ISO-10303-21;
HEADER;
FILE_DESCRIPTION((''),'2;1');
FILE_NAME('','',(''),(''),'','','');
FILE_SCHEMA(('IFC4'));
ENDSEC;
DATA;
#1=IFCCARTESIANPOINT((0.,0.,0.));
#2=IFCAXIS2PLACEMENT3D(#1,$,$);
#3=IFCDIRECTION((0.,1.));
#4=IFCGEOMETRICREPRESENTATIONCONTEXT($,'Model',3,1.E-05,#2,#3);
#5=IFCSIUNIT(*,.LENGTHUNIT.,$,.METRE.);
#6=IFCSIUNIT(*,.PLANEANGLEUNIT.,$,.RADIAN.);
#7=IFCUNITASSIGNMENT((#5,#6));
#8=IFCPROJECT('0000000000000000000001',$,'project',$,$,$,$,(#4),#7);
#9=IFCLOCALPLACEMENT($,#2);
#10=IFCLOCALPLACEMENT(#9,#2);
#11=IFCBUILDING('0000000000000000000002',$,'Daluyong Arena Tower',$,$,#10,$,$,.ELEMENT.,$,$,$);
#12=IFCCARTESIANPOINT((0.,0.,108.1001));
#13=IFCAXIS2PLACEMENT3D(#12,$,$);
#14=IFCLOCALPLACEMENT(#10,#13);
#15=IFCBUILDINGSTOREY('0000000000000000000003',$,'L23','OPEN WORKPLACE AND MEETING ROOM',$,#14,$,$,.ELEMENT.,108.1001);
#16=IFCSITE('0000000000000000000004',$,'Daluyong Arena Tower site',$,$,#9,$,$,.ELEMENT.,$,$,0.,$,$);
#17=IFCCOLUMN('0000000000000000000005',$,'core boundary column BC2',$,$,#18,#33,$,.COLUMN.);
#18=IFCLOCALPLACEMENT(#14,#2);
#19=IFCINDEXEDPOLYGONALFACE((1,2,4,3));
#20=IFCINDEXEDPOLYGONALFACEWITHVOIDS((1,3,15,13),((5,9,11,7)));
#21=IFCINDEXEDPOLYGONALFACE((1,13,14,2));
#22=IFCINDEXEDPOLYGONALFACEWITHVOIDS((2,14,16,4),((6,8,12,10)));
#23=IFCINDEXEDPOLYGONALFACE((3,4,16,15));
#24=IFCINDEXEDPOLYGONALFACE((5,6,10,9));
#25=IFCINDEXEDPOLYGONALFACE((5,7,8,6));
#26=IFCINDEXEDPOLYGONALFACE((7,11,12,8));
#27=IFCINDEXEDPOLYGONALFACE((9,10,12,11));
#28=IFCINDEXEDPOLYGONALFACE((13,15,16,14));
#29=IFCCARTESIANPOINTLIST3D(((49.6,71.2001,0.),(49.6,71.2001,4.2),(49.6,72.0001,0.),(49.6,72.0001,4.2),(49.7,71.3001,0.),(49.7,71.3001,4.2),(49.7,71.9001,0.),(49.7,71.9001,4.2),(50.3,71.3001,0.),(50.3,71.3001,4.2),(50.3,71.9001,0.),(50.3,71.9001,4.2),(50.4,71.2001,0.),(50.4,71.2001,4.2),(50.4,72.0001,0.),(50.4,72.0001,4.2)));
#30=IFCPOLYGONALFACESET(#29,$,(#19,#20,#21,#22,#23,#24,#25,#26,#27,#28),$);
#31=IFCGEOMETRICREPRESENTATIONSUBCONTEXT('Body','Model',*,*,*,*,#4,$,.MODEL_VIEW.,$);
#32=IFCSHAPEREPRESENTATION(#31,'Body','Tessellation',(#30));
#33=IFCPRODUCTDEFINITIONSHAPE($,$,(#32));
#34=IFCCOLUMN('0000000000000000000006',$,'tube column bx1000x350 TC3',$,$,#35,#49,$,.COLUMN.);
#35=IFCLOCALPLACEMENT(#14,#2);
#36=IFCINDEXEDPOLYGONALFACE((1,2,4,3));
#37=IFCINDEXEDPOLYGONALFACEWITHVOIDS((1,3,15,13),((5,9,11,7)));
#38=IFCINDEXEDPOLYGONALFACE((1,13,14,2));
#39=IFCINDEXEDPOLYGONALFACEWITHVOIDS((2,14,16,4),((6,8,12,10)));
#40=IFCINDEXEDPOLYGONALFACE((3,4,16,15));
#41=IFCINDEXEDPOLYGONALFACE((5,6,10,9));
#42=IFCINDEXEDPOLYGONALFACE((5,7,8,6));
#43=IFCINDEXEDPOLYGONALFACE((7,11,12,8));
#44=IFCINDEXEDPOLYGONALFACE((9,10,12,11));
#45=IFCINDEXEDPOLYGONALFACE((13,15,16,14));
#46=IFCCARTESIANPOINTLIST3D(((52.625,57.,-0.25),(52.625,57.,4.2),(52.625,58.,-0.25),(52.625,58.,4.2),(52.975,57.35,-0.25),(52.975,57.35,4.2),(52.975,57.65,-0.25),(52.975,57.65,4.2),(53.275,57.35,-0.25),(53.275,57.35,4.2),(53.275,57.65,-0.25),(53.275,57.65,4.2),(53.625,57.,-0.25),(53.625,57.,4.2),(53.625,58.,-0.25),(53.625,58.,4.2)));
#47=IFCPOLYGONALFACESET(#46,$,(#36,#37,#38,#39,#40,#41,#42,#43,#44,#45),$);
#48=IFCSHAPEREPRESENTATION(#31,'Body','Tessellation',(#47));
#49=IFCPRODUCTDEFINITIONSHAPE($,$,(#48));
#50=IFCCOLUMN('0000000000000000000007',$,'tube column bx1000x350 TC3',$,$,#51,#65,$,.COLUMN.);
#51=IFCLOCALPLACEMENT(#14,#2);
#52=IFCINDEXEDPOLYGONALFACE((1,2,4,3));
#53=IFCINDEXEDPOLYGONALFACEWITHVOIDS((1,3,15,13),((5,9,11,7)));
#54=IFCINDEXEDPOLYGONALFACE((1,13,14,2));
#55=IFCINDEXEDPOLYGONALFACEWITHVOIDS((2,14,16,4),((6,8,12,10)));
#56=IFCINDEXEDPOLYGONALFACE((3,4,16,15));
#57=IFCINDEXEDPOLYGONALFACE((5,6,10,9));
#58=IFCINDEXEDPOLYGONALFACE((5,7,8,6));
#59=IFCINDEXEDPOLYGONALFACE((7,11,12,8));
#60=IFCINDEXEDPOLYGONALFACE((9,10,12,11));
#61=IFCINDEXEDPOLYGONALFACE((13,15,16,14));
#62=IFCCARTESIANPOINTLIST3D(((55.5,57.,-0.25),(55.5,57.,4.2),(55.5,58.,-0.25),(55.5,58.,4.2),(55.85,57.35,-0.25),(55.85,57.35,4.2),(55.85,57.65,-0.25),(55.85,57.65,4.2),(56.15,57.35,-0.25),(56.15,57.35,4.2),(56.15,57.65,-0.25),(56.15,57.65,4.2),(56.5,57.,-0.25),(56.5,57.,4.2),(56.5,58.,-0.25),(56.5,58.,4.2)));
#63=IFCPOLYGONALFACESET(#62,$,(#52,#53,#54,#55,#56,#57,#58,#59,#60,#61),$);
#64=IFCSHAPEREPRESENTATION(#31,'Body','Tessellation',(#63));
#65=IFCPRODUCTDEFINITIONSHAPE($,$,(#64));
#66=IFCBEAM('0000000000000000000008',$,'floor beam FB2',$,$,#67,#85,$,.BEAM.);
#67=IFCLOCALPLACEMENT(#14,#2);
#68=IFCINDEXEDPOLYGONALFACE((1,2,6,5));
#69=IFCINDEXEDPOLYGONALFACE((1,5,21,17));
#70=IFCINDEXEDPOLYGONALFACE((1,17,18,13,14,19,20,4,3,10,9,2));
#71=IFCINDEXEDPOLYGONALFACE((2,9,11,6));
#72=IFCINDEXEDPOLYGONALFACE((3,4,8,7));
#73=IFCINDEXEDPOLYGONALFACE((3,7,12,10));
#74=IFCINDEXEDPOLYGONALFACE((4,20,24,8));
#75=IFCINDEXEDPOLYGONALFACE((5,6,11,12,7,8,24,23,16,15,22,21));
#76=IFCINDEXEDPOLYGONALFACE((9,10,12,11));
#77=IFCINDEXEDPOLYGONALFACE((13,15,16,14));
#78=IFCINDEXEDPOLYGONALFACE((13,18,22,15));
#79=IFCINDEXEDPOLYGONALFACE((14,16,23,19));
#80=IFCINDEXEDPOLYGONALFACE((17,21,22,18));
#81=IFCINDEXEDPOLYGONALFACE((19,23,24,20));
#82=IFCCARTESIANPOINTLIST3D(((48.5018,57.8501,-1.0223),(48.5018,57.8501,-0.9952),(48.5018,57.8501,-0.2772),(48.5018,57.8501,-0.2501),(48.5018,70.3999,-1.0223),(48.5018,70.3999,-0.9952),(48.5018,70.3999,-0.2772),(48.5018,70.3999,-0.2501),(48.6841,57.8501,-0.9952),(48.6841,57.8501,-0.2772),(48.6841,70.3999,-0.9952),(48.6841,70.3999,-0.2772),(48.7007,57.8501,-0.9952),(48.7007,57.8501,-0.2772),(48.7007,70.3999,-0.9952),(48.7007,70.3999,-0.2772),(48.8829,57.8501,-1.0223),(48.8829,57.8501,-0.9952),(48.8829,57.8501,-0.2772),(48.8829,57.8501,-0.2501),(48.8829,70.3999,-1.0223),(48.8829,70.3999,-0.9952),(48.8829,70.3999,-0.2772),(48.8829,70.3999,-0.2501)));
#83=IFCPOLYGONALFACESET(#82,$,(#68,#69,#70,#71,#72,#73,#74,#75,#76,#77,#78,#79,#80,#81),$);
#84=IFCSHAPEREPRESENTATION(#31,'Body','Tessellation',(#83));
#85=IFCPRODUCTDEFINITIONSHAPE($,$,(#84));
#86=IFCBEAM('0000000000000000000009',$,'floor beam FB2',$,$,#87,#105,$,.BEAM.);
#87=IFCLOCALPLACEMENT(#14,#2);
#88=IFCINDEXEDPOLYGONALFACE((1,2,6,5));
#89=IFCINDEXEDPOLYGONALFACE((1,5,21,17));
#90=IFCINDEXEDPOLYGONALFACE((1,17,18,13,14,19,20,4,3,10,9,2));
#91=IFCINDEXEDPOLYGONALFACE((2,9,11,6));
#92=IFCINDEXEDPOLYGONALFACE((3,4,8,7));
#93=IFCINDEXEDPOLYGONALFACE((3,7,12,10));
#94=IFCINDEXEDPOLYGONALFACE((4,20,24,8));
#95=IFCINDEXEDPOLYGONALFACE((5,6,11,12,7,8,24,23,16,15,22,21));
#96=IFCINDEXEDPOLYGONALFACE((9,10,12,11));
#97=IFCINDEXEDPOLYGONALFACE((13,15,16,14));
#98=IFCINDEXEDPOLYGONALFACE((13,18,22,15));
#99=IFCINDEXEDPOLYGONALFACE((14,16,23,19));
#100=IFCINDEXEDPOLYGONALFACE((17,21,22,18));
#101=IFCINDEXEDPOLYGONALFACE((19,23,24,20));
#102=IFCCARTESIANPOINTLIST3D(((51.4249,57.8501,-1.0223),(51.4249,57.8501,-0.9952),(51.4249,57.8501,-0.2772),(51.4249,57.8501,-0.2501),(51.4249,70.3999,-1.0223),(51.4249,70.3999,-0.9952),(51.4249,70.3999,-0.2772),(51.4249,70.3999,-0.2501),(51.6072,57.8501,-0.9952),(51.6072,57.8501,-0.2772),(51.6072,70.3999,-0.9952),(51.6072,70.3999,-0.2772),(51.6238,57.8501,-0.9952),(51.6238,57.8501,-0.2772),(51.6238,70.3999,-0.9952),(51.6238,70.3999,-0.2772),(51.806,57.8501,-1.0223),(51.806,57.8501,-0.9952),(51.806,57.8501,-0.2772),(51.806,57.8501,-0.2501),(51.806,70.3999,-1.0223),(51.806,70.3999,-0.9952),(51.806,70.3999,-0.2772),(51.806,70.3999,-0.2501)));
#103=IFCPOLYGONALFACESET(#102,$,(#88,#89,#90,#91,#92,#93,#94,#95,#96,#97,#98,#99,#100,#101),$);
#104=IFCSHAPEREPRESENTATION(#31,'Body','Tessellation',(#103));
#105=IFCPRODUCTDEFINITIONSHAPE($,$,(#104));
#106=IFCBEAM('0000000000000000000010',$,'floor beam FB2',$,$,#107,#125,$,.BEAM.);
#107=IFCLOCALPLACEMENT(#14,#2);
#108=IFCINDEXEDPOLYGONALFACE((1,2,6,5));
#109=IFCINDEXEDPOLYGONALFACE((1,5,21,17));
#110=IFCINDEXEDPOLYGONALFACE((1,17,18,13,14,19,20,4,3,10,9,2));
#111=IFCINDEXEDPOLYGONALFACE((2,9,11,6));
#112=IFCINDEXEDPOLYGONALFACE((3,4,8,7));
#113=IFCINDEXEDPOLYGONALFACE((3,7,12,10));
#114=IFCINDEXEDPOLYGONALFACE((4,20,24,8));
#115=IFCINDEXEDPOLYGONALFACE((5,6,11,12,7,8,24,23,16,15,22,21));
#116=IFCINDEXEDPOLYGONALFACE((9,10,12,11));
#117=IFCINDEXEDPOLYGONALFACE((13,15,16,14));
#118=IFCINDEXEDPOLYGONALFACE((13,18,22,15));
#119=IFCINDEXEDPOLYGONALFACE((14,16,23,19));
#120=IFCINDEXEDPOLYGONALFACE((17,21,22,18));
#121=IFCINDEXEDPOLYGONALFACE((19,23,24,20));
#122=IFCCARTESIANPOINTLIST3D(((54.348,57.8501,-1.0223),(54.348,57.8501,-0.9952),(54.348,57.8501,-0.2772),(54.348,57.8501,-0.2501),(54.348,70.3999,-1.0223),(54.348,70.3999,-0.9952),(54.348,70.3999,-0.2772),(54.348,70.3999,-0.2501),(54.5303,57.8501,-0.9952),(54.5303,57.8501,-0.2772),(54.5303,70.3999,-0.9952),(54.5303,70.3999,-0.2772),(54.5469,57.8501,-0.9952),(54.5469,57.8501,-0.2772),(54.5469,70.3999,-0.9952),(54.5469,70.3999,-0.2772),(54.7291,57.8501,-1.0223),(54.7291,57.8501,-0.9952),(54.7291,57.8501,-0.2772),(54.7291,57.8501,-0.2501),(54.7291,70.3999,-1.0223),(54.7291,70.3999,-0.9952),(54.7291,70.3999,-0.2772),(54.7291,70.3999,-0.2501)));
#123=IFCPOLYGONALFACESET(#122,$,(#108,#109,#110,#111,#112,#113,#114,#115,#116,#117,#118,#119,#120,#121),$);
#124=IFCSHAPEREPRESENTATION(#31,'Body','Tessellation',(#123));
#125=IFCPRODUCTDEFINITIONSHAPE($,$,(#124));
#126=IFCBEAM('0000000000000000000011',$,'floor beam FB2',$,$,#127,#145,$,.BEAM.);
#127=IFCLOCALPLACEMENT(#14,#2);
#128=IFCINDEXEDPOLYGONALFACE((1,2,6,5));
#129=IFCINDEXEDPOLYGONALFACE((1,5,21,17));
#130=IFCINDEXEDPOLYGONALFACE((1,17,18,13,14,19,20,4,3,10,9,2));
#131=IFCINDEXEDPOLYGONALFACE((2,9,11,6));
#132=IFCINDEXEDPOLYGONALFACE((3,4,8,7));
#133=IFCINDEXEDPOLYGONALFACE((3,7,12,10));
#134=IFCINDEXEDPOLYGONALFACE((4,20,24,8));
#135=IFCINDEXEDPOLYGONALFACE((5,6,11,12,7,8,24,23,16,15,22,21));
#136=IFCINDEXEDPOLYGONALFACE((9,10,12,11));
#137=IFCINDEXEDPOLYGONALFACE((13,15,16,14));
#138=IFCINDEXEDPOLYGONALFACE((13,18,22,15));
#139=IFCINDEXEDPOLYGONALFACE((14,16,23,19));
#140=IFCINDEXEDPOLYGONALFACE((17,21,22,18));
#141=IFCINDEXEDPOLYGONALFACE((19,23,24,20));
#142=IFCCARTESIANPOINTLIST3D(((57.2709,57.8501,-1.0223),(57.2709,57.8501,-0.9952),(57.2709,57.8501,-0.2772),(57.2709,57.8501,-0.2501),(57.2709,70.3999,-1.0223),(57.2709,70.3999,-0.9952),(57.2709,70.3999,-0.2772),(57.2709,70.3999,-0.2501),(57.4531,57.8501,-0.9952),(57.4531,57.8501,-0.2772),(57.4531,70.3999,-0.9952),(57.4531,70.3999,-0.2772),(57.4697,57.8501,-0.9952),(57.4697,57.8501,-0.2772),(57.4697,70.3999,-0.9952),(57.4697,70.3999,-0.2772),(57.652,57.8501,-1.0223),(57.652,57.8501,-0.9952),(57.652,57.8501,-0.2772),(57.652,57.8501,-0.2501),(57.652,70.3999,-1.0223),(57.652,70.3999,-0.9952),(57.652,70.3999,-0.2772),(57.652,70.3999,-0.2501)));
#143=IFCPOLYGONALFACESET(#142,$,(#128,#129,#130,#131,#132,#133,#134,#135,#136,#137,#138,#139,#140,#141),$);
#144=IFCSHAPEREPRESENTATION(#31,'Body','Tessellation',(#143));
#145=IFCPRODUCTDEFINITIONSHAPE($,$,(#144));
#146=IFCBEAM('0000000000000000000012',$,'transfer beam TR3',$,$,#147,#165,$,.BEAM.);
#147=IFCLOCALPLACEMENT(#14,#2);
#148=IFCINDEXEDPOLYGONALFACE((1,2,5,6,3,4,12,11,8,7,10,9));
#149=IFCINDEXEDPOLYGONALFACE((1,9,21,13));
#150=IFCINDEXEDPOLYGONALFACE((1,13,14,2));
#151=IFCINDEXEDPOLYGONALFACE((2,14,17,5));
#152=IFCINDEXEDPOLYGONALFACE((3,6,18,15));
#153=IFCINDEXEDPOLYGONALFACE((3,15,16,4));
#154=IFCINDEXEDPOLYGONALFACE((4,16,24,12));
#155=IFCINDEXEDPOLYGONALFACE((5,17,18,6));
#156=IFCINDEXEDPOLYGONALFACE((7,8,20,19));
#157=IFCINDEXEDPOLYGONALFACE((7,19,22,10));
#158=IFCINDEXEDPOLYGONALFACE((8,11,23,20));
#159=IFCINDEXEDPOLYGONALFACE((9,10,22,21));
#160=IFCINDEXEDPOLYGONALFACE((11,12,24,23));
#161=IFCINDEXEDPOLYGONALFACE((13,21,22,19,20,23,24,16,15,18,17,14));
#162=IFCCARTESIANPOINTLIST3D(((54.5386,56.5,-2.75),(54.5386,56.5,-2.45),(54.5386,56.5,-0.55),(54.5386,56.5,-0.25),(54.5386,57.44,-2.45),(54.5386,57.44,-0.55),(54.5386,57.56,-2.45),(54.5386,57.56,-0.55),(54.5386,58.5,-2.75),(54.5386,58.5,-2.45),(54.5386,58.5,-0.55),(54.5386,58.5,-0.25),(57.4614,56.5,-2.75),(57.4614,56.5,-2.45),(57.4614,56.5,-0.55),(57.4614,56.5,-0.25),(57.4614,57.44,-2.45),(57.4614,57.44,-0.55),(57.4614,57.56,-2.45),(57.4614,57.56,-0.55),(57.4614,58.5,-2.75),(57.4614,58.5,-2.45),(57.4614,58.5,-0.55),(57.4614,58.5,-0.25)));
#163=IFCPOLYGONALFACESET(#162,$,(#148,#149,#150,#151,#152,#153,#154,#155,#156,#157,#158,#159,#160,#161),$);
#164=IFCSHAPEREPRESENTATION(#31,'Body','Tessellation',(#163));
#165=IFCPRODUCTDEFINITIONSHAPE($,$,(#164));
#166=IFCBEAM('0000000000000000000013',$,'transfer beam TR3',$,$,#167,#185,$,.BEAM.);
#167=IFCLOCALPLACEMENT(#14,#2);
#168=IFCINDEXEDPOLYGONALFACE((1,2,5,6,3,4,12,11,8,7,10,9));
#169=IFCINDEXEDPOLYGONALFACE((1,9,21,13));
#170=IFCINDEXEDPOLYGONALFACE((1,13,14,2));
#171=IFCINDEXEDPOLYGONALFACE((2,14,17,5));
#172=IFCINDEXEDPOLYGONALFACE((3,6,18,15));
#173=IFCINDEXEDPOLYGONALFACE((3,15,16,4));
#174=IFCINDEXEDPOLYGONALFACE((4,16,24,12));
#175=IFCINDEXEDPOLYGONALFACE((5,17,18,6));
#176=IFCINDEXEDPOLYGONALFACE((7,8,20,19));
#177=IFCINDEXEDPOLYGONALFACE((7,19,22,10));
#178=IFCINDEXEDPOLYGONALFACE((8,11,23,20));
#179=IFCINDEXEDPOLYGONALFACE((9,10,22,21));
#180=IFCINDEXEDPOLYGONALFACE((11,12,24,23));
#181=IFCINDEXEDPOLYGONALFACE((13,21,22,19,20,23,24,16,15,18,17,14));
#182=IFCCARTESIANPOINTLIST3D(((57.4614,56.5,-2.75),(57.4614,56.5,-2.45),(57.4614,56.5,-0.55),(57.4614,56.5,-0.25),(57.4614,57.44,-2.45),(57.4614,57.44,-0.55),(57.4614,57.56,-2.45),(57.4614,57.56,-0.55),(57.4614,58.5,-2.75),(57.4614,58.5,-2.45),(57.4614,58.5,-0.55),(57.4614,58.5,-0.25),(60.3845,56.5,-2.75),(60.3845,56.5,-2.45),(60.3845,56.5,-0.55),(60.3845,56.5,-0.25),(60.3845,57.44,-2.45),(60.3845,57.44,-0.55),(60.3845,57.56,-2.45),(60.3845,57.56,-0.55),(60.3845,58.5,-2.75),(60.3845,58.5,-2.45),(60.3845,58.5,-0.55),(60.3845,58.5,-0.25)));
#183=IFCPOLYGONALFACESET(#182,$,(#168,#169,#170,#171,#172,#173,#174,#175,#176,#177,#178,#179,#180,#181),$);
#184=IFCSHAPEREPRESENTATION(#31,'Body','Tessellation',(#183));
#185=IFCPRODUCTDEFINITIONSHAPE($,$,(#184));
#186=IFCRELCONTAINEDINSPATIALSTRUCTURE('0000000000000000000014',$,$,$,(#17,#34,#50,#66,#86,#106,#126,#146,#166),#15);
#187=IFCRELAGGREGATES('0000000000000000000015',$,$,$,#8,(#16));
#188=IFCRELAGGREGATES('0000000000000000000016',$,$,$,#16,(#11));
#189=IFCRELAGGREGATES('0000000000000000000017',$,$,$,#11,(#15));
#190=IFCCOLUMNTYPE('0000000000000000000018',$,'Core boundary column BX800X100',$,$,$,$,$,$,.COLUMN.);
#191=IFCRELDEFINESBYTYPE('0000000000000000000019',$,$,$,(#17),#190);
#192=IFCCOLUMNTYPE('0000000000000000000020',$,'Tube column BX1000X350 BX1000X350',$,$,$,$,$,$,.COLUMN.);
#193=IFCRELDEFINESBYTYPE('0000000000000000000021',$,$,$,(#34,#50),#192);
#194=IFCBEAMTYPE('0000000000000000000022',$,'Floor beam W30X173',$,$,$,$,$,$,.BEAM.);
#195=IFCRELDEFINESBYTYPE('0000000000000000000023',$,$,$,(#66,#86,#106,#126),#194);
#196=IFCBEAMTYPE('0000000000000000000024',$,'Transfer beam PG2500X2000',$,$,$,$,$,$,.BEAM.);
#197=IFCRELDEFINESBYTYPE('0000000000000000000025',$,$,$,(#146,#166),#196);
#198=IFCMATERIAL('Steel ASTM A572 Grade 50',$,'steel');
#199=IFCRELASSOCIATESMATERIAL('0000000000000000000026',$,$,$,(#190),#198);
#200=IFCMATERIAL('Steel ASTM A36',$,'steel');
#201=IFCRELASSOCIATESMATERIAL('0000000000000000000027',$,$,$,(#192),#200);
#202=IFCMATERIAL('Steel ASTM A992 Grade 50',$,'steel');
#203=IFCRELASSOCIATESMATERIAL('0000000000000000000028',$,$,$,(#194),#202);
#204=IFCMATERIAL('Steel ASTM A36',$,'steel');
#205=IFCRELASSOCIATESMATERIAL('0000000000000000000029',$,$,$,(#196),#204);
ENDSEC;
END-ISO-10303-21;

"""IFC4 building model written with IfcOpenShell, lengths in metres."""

from ifc_helpers import new_model, si_unit, direction, frame, origin, origin_2d, place, context, subcontext, project, spatial, hollow_rectangle, i_section, extrude, material, material_profile, profile_set, type_object, element, save


model = new_model("IFC4")

# Units and contexts
model_context = context("Model", 3, precision=1e-05, world=origin(), true_north=direction((0.0, 1.0)))
body_context = subcontext(model_context, "Body", "Model", "MODEL_VIEW")
ifc_project = project(units=[si_unit("LENGTHUNIT", "METRE"), si_unit("PLANEANGLEUNIT", "RADIAN")], contexts=[model_context])

# Site, building, storey
site_placement = place(None, origin())
site = spatial("IfcSite", under=ifc_project, at=site_placement, Name="Daluyong Arena Tower site", CompositionType="ELEMENT", RefElevation=0.0)
building_placement = place(site_placement, origin())
building = spatial("IfcBuilding", under=site, at=building_placement, Name="Daluyong Arena Tower", CompositionType="ELEMENT")
storey_placement = place(building_placement, frame((0.0, 0.0, 108.1001)))
storey = spatial("IfcBuildingStorey", under=building, at=storey_placement, Name="L23", Description="OPEN WORKPLACE AND MEETING ROOM", CompositionType="ELEMENT", Elevation=108.1001)

# Columns
ifc_material_1 = material(Name="Steel ASTM A572 Grade 50", Category="steel")
ifc_material_profile_1 = material_profile(ifc_material_1, hollow_rectangle(XDim=0.8, YDim=0.8, WallThickness=0.1, at=origin_2d()))
ifc_profile_set_1 = profile_set([ifc_material_profile_1], Name="Steel ASTM A572 Grade 50")
column_type_1 = type_object("IfcColumnType", Name="Core boundary column BX800X100", PredefinedType="COLUMN", material=ifc_profile_set_1)
column_placement = place(storey_placement, frame((50.0, 71.6001, 0.0), z_axis=(0.0, 0.0, 1.0), x_axis=(1.0, 0.0, 0.0)))
element("IfcColumn", 1, at=column_placement, inside=storey, type_object=column_type_1, Name="core boundary column BC2", PredefinedType="COLUMN", context=body_context, shape_type="SweptSolid", body=[
    extrude(hollow_rectangle(XDim=0.8, YDim=0.8, WallThickness=0.1, at=origin_2d()), origin(), (0.0, 0.0, 1.0), 4.2),
])
ifc_material_2 = material(Name="Steel ASTM A36", Category="steel")
ifc_material_profile_2 = material_profile(ifc_material_2, hollow_rectangle(XDim=1.0, YDim=1.0, WallThickness=0.35, at=origin_2d()))
ifc_profile_set_2 = profile_set([ifc_material_profile_2], Name="Steel ASTM A36")
column_type_2 = type_object("IfcColumnType", Name="Tube column BX1000X350 BX1000X350", PredefinedType="COLUMN", material=ifc_profile_set_2)
for number, where, z_axis, x_axis, name in (
    (2, (53.125, 57.5, -0.25), (0.0, 0.0, 1.0), (1.0, 0.0, 0.0), "tube column bx1000x350 TC3"),
    (3, (56.0, 57.5, -0.25), (0.0, 0.0, 1.0), (1.0, 0.0, 0.0), "tube column bx1000x350 TC3"),
):
    element("IfcColumn", number, at=place(storey_placement, frame(where, z_axis=z_axis, x_axis=x_axis)), inside=storey, type_object=column_type_2, Name=name, PredefinedType="COLUMN", context=body_context, shape_type="SweptSolid", body=[
        extrude(hollow_rectangle(XDim=1.0, YDim=1.0, WallThickness=0.35, at=origin_2d()), origin(), (0.0, 0.0, 1.0), 4.45),
    ])

# Beams
ifc_material_3 = material(Name="Steel ASTM A992 Grade 50", Category="steel")
ifc_material_profile_3 = material_profile(ifc_material_3, i_section(OverallWidth=0.3811, OverallDepth=0.7722, WebThickness=0.0166, FlangeThickness=0.0271, at=origin_2d()))
ifc_profile_set_3 = profile_set([ifc_material_profile_3], Name="Steel ASTM A992 Grade 50")
beam_type_1 = type_object("IfcBeamType", Name="Floor beam W30X173", PredefinedType="BEAM", material=ifc_profile_set_3)
for number, where, z_axis, x_axis, name in (
    (4, (48.6924, 57.8501, -0.6362), (0.0, 1.0, 0.0), (-1.0, 0.0, 0.0), "floor beam FB2"),
    (5, (51.6155, 57.8501, -0.6362), (0.0, 1.0, 0.0), (-1.0, 0.0, 0.0), "floor beam FB2"),
    (6, (54.5386, 57.8501, -0.6362), (0.0, 1.0, 0.0), (-1.0, 0.0, 0.0), "floor beam FB2"),
    (7, (57.4614, 57.8501, -0.6362), (0.0, 1.0, 0.0), (-1.0, 0.0, 0.0), "floor beam FB2"),
):
    element("IfcBeam", number, at=place(storey_placement, frame(where, z_axis=z_axis, x_axis=x_axis)), inside=storey, type_object=beam_type_1, Name=name, PredefinedType="BEAM", context=body_context, shape_type="SweptSolid", body=[
        extrude(i_section(OverallWidth=0.3811, OverallDepth=0.7722, WebThickness=0.0166, FlangeThickness=0.0271, at=origin_2d()), origin(), (0.0, 0.0, 1.0), 12.5498),
    ])
ifc_material_4 = material(Name="Steel ASTM A36", Category="steel")
ifc_material_profile_4 = material_profile(ifc_material_4, i_section(OverallWidth=2.0, OverallDepth=2.5, WebThickness=0.12, FlangeThickness=0.3, at=origin_2d()))
ifc_profile_set_4 = profile_set([ifc_material_profile_4], Name="Steel ASTM A36")
beam_type_2 = type_object("IfcBeamType", Name="Transfer beam PG2500X2000", PredefinedType="BEAM", material=ifc_profile_set_4)
beam_1_placement = place(storey_placement, frame((54.5386, 57.5, -1.5), z_axis=(1.0, 0.0, 0.0), x_axis=(0.0, 1.0, 0.0)))
element("IfcBeam", 8, at=beam_1_placement, inside=storey, type_object=beam_type_2, Name="transfer beam TR3", PredefinedType="BEAM", context=body_context, shape_type="SweptSolid", body=[
    extrude(i_section(OverallWidth=2.0, OverallDepth=2.5, WebThickness=0.12, FlangeThickness=0.3, at=origin_2d()), origin(), (0.0, 0.0, 1.0), 2.9229),
])
beam_2_placement = place(storey_placement, frame((57.4614, 57.5, -1.5), z_axis=(1.0, 0.0, 0.0), x_axis=(0.0, 1.0, 0.0)))
element("IfcBeam", 9, at=beam_2_placement, inside=storey, type_object=beam_type_2, Name="transfer beam TR3", PredefinedType="BEAM", context=body_context, shape_type="SweptSolid", body=[
    extrude(i_section(OverallWidth=2.0, OverallDepth=2.5, WebThickness=0.12, FlangeThickness=0.3, at=origin_2d()), origin(), (0.0, 0.0, 1.0), 2.9231),
])

save(model, "model.ifc")
